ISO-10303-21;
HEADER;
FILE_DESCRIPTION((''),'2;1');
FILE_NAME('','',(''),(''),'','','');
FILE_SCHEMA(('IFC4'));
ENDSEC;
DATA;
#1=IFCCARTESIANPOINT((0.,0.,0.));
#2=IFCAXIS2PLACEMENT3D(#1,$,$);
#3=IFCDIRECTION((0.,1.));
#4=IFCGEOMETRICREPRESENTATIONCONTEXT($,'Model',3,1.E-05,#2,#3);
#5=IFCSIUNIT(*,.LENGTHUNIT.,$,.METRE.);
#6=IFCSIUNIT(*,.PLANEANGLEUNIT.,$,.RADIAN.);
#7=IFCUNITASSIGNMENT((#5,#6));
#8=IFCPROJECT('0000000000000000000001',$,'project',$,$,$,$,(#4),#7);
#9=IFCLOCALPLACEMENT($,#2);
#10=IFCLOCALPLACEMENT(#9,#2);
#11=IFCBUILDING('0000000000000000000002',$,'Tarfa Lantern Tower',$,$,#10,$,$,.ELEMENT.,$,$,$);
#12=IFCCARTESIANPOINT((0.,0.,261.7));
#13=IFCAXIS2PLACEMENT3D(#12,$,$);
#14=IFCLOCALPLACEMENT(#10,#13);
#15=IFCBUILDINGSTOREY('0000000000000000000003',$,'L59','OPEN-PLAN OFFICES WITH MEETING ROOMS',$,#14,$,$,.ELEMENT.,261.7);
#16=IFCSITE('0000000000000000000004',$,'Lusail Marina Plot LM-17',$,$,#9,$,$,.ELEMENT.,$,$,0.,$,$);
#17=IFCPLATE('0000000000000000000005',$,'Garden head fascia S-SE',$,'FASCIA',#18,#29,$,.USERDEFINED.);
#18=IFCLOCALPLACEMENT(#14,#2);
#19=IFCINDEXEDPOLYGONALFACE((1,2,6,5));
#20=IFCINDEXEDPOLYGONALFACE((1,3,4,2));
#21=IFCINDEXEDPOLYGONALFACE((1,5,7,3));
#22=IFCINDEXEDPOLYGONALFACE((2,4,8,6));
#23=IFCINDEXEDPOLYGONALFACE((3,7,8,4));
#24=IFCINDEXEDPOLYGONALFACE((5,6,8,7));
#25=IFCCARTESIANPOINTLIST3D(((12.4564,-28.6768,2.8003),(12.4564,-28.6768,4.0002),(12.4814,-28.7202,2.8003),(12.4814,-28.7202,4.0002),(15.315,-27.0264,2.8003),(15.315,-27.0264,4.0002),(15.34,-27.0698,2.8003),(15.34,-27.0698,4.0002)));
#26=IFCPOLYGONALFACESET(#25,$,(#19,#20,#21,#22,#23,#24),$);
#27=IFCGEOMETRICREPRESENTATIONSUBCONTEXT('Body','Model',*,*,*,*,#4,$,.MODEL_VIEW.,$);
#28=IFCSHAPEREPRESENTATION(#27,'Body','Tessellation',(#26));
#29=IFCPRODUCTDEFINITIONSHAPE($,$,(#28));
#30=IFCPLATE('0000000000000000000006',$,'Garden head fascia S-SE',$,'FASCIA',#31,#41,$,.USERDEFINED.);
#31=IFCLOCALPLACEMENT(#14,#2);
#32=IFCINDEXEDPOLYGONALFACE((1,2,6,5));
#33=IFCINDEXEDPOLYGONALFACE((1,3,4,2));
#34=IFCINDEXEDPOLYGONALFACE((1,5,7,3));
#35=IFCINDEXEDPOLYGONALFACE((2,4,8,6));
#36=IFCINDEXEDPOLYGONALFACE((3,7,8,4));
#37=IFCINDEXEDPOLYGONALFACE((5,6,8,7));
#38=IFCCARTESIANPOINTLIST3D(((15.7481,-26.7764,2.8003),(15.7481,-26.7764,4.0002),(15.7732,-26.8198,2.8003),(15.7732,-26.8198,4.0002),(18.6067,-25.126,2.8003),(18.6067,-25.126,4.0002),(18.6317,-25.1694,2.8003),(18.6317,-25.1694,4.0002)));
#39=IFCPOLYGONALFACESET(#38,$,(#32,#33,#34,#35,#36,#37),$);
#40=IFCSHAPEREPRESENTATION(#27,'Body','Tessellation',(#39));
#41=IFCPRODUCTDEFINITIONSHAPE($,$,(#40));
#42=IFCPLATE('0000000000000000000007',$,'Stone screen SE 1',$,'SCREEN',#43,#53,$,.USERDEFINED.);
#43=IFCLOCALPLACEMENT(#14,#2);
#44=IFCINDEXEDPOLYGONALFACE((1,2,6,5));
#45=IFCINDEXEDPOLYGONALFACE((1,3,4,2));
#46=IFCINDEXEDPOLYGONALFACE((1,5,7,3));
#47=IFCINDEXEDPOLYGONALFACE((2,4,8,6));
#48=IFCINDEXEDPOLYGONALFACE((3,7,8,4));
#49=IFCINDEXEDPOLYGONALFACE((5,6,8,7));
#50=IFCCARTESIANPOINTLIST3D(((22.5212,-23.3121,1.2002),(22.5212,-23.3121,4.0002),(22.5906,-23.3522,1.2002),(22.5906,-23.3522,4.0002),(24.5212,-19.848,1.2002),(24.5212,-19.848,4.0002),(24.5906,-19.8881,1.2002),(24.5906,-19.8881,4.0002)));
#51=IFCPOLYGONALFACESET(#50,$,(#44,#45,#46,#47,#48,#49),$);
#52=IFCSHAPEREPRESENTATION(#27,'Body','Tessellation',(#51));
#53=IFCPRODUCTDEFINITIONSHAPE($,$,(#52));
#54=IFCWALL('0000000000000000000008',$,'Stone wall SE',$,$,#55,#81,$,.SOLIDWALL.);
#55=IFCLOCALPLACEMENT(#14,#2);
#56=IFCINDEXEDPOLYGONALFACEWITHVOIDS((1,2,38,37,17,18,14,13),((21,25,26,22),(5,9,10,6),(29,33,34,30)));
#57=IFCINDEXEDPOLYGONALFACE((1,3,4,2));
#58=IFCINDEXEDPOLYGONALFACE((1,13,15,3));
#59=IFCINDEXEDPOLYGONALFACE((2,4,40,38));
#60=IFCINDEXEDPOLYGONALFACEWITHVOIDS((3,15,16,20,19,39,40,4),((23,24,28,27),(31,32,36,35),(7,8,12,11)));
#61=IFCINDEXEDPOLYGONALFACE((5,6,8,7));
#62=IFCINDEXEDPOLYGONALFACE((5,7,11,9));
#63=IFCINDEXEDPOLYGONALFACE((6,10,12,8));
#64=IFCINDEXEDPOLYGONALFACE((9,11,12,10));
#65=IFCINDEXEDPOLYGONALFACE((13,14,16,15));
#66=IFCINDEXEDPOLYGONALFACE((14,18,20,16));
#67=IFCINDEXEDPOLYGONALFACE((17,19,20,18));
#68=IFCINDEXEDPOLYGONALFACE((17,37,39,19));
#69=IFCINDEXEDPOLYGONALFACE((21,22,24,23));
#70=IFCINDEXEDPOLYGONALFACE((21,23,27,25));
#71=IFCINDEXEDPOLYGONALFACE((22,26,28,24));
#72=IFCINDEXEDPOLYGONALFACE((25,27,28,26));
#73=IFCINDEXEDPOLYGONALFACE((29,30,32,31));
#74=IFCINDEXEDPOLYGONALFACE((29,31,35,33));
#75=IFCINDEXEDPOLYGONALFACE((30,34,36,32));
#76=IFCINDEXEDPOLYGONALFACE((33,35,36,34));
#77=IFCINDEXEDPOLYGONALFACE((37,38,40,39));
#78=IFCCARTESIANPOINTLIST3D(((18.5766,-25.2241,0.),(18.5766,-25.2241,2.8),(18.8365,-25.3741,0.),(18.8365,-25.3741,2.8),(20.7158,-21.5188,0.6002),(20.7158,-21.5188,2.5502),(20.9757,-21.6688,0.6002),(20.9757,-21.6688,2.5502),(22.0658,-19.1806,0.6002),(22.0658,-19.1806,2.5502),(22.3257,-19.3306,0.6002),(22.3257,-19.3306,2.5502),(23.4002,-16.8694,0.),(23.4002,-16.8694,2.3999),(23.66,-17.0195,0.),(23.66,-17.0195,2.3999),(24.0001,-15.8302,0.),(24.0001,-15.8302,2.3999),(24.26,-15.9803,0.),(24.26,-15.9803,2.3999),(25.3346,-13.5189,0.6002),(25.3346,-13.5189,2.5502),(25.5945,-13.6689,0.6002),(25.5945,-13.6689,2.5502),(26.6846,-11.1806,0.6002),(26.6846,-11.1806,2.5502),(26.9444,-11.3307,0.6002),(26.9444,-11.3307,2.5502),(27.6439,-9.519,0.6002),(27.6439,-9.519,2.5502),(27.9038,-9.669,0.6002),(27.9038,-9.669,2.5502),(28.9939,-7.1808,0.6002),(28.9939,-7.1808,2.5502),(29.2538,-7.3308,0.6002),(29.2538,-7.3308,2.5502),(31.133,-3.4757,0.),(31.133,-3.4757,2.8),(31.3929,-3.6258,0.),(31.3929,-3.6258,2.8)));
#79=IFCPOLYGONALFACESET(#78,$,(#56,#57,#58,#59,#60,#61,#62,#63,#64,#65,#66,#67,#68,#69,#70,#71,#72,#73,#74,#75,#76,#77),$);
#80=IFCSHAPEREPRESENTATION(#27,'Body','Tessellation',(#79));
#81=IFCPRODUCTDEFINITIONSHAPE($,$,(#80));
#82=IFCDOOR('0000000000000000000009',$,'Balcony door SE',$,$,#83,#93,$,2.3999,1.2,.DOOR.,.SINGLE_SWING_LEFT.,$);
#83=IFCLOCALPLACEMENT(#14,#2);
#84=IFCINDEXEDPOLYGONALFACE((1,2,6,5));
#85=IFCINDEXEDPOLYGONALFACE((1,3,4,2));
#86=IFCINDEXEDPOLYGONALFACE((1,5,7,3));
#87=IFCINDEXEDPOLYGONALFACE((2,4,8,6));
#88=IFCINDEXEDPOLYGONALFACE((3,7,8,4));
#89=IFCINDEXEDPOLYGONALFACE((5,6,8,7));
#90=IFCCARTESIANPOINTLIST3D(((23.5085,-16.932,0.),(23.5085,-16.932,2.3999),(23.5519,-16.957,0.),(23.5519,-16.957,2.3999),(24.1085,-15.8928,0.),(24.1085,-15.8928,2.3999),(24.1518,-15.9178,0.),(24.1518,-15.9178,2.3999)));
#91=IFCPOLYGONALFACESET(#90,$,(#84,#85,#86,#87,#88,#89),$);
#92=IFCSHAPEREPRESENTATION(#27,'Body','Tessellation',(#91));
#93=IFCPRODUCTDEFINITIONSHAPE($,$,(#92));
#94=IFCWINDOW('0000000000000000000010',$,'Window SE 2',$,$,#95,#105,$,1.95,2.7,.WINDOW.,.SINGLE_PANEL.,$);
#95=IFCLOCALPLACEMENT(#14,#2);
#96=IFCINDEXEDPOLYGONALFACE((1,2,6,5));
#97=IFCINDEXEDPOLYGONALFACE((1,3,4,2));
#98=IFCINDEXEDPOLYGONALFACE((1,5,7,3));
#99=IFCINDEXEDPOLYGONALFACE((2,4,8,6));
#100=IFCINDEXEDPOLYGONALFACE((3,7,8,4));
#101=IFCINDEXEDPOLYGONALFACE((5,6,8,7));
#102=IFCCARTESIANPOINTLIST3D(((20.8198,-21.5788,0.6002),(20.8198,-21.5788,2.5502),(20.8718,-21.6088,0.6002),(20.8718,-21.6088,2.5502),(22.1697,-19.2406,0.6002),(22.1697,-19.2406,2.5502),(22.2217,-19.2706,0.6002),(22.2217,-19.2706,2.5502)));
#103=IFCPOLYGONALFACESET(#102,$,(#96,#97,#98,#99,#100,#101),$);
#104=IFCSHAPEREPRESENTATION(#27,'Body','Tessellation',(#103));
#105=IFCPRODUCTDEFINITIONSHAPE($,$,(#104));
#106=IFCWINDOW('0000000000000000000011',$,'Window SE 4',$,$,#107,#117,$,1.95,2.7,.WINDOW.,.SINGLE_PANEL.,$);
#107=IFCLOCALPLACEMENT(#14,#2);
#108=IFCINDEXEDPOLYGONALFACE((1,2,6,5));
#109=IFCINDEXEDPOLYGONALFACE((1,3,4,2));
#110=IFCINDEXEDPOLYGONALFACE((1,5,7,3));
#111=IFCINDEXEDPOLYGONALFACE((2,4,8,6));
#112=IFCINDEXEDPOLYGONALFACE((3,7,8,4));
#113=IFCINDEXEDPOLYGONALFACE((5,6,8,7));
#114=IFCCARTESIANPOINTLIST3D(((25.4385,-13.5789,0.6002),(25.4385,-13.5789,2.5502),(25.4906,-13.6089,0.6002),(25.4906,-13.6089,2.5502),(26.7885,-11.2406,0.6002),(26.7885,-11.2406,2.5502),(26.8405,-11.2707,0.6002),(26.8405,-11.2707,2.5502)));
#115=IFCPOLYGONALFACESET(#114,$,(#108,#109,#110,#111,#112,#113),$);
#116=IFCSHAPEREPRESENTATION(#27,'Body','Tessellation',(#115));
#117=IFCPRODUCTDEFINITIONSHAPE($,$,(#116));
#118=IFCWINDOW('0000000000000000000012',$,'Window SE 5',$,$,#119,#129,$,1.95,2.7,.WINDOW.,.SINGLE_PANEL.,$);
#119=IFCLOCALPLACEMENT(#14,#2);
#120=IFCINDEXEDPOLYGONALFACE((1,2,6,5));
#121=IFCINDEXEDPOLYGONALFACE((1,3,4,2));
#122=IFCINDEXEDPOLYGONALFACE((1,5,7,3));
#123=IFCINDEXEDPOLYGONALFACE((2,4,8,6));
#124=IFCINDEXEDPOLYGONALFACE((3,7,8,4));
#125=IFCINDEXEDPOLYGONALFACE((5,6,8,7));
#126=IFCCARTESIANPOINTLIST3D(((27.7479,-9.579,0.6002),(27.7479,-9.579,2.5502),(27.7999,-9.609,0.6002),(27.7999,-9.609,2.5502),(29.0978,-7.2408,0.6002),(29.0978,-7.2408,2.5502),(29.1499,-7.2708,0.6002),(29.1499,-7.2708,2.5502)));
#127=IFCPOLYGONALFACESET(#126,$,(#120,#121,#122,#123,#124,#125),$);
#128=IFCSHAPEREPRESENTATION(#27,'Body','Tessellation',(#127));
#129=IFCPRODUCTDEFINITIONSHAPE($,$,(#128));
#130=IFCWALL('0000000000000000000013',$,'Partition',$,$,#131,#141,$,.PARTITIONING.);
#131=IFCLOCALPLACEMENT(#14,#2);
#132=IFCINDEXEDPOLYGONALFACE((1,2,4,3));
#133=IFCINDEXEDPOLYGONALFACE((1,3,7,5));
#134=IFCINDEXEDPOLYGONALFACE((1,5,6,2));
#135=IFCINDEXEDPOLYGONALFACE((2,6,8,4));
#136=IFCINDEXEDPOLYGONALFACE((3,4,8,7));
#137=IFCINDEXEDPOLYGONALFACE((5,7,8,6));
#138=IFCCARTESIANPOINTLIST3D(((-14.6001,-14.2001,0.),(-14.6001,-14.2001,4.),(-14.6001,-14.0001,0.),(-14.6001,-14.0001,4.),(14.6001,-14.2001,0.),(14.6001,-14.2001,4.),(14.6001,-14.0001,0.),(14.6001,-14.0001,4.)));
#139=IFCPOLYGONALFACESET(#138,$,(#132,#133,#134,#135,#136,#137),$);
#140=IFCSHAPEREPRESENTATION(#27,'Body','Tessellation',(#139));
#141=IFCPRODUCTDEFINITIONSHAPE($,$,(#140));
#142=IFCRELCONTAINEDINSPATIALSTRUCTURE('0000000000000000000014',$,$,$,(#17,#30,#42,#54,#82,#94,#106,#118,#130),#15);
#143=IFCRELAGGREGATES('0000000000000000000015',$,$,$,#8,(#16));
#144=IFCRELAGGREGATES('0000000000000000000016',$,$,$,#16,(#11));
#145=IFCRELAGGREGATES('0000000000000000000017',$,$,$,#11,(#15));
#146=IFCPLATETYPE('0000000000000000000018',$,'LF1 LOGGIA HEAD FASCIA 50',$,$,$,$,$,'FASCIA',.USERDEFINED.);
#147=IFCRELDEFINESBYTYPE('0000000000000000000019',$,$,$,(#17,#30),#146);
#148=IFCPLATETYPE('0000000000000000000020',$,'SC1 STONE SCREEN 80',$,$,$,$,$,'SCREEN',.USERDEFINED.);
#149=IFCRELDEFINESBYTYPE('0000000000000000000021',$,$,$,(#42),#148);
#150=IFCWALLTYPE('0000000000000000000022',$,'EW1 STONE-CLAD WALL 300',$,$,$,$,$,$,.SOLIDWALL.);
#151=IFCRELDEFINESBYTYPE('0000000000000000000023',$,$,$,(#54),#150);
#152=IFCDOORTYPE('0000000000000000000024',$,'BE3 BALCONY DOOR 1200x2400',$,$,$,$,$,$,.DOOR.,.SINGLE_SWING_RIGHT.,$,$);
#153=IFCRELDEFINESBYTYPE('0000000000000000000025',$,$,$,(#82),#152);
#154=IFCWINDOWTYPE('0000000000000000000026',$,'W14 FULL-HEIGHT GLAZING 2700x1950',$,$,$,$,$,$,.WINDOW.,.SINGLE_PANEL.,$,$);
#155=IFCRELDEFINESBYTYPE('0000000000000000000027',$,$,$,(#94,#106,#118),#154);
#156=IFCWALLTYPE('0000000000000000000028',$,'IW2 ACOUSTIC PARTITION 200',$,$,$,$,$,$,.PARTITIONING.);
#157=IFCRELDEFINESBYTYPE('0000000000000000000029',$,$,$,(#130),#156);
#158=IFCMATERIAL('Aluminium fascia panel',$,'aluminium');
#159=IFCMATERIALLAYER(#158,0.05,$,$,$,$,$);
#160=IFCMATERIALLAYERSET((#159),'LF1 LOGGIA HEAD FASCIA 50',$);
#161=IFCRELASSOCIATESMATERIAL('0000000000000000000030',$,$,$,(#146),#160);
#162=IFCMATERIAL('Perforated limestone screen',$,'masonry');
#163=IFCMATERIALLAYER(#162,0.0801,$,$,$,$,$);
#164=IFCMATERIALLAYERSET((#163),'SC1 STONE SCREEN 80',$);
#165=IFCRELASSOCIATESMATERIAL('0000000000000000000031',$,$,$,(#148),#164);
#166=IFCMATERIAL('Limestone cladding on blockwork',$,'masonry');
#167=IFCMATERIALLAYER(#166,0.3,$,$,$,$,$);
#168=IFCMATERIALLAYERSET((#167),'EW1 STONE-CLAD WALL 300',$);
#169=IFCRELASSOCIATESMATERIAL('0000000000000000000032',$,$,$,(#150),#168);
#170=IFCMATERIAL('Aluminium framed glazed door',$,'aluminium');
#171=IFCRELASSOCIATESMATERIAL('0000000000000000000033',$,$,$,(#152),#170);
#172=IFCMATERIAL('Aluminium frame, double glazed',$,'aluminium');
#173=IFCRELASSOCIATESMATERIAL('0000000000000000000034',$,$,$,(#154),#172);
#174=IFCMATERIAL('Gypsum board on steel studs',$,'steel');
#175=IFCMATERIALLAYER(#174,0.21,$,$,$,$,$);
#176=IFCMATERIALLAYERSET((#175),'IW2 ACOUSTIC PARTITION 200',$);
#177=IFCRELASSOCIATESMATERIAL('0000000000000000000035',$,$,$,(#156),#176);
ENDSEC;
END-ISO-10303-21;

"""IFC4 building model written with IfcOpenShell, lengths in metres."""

from ifc_helpers import new_model, si_unit, direction, frame, frame_2d, origin, origin_2d, place, context, subcontext, project, spatial, rectangle, extrude, material, layer, layer_set, type_object, element, fill, save


model = new_model("IFC4")

# Units and contexts
model_context = context("Model", 3, precision=1e-05, world=origin(), true_north=direction((0.0, 1.0)))
body_context = subcontext(model_context, "Body", "Model", "MODEL_VIEW")
ifc_project = project(units=[si_unit("LENGTHUNIT", "METRE"), si_unit("PLANEANGLEUNIT", "RADIAN")], contexts=[model_context])

# Site, building, storey
site_placement = place(None, origin())
site = spatial("IfcSite", under=ifc_project, at=site_placement, Name="Lusail Marina Plot LM-17", CompositionType="ELEMENT", RefElevation=0.0)
building_placement = place(site_placement, origin())
building = spatial("IfcBuilding", under=site, at=building_placement, Name="Tarfa Lantern Tower", CompositionType="ELEMENT")
storey_placement = place(building_placement, frame((0.0, 0.0, 261.7)))
storey = spatial("IfcBuildingStorey", under=building, at=storey_placement, Name="L59", Description="OPEN-PLAN OFFICES WITH MEETING ROOMS", CompositionType="ELEMENT", Elevation=261.7)

# Plates
ifc_material_1 = material(Name="Aluminium fascia panel", Category="aluminium")
ifc_layer_1 = layer(ifc_material_1, 0.05)
ifc_layer_set_1 = layer_set([ifc_layer_1], Name="LF1 LOGGIA HEAD FASCIA 50")
plate_type_1 = type_object("IfcPlateType", Name="LF1 LOGGIA HEAD FASCIA 50", ElementType="FASCIA", PredefinedType="USERDEFINED", material=ifc_layer_set_1)
for number, where, z_axis, x_axis, name in (
    (1, (13.8982, -27.8733, 2.8003), (0.0, 0.0, 1.0), (0.866025, 0.5, 0.0), "Garden head fascia S-SE"),
    (2, (17.1899, -25.9729, 2.8003), (0.0, 0.0, 1.0), (0.866025, 0.5, 0.0), "Garden head fascia S-SE"),
):
    element("IfcPlate", number, at=place(storey_placement, frame(where, z_axis=z_axis, x_axis=x_axis)), inside=storey, type_object=plate_type_1, Name=name, ObjectType="FASCIA", PredefinedType="USERDEFINED", context=body_context, shape_type="SweptSolid", body=[
        extrude(rectangle(XDim=3.3008, YDim=0.05, at=origin_2d()), origin(), (0.0, 0.0, 1.0), 1.2),
    ])
ifc_material_2 = material(Name="Perforated limestone screen", Category="masonry")
ifc_layer_2 = layer(ifc_material_2, 0.0801)
ifc_layer_set_2 = layer_set([ifc_layer_2], Name="SC1 STONE SCREEN 80")
plate_type_2 = type_object("IfcPlateType", Name="SC1 STONE SCREEN 80", ElementType="SCREEN", PredefinedType="USERDEFINED", material=ifc_layer_set_2)
plate_placement = place(storey_placement, frame((23.5559, -21.6001, 1.2002), z_axis=(0.0, 0.0, 1.0), x_axis=(0.5, 0.866025, 0.0)))
element("IfcPlate", 3, at=plate_placement, inside=storey, type_object=plate_type_2, Name="Stone screen SE 1", ObjectType="SCREEN", PredefinedType="USERDEFINED", context=body_context, shape_type="SweptSolid", body=[
    extrude(rectangle(XDim=4.0, YDim=0.0801, at=origin_2d()), origin(), (0.0, 0.0, 1.0), 2.8),
])

# Wall, openings, door, windows
ifc_material_3 = material(Name="Limestone cladding on blockwork", Category="masonry")
ifc_layer_3 = layer(ifc_material_3, 0.3)
ifc_layer_set_3 = layer_set([ifc_layer_3], Name="EW1 STONE-CLAD WALL 300")
wall_type_1 = type_object("IfcWallType", Name="EW1 STONE-CLAD WALL 300", PredefinedType="SOLIDWALL", material=ifc_layer_set_3)
wall_1_placement = place(storey_placement, frame((18.7065, -25.2991, 0.0), z_axis=(0.0, 0.0, 1.0), x_axis=(0.5, 0.866025, 0.0)))
wall_1 = element("IfcWall", 4, at=wall_1_placement, inside=storey, type_object=wall_type_1, Name="Stone wall SE", PredefinedType="SOLIDWALL", context=body_context, shape_type="SweptSolid", body=[
    extrude(rectangle(XDim=25.1128, YDim=0.3, at=frame_2d((12.5564, 0.0))), origin(), (0.0, 0.0, 1.0), 2.8),
])
opening_1_placement = place(wall_1_placement, frame((4.2783, 0.0, 0.6001)))
opening_1 = element("IfcOpeningElement", 5, at=opening_1_placement, cuts=wall_1, PredefinedType="OPENING", context=body_context, shape_type="SweptSolid", body=[
    extrude(rectangle(XDim=2.7, YDim=1.95, at=frame_2d((1.3501, 0.9751))), frame((0.0, 0.1599, 0.0), z_axis=(0.0, -1.0, 0.0), x_axis=(1.0, 0.0, 0.0)), (0.0, 0.0, 1.0), 0.3201),
])
opening_2_placement = place(wall_1_placement, frame((9.647, 0.0, 0.0)))
opening_2 = element("IfcOpeningElement", 6, at=opening_2_placement, cuts=wall_1, PredefinedType="OPENING", context=body_context, shape_type="SweptSolid", body=[
    extrude(rectangle(XDim=1.2, YDim=2.3999, at=frame_2d((0.6001, 1.2))), frame((0.0, 0.1599, 0.0), z_axis=(0.0, -1.0, 0.0), x_axis=(1.0, 0.0, 0.0)), (0.0, 0.0, 1.0), 0.3201),
])
opening_3_placement = place(wall_1_placement, frame((13.5159, 0.0, 0.6001)))
opening_3 = element("IfcOpeningElement", 7, at=opening_3_placement, cuts=wall_1, PredefinedType="OPENING", context=body_context, shape_type="SweptSolid", body=[
    extrude(rectangle(XDim=2.7, YDim=1.95, at=frame_2d((1.3501, 0.9751))), frame((0.0, 0.1599, 0.0), z_axis=(0.0, -1.0, 0.0), x_axis=(1.0, 0.0, 0.0)), (0.0, 0.0, 1.0), 0.3201),
])
opening_4_placement = place(wall_1_placement, frame((18.1345, 0.0, 0.6001)))
opening_4 = element("IfcOpeningElement", 8, at=opening_4_placement, cuts=wall_1, PredefinedType="OPENING", context=body_context, shape_type="SweptSolid", body=[
    extrude(rectangle(XDim=2.7, YDim=1.95, at=frame_2d((1.3501, 0.9751))), frame((0.0, 0.1599, 0.0), z_axis=(0.0, -1.0, 0.0), x_axis=(1.0, 0.0, 0.0)), (0.0, 0.0, 1.0), 0.3201),
])
ifc_material_4 = material(Name="Aluminium framed glazed door", Category="aluminium")
door_type_1 = type_object("IfcDoorType", Name="BE3 BALCONY DOOR 1200x2400", OperationType="SINGLE_SWING_RIGHT", PredefinedType="DOOR", material=ifc_material_4)
door_1_placement = place(opening_2_placement, origin())
door_1 = element("IfcDoor", 9, at=door_1_placement, inside=storey, type_object=door_type_1, Name="Balcony door SE", OperationType="SINGLE_SWING_LEFT", OverallHeight=2.3999, OverallWidth=1.2, PredefinedType="DOOR", context=body_context, shape_type="SweptSolid", body=[
    extrude(rectangle(XDim=1.2, YDim=2.3999, at=frame_2d((0.6001, 1.2))), frame((0.0, 0.0249, 0.0), z_axis=(0.0, -1.0, 0.0), x_axis=(1.0, 0.0, 0.0)), (0.0, 0.0, 1.0), 0.05),
])
fill(opening_2, door_1)
ifc_material_5 = material(Name="Aluminium frame, double glazed", Category="aluminium")
window_type = type_object("IfcWindowType", Name="W14 FULL-HEIGHT GLAZING 2700x1950", PartitioningType="SINGLE_PANEL", PredefinedType="WINDOW", material=ifc_material_5)
window_1_placement = place(opening_1_placement, origin())
window_1 = element("IfcWindow", 10, at=window_1_placement, inside=storey, type_object=window_type, Name="Window SE 2", OverallHeight=1.95, OverallWidth=2.7, PartitioningType="SINGLE_PANEL", PredefinedType="WINDOW", context=body_context, shape_type="SweptSolid", body=[
    extrude(rectangle(XDim=2.7, YDim=1.95, at=frame_2d((1.3501, 0.9751))), frame((0.0, 0.03, 0.0), z_axis=(0.0, -1.0, 0.0), x_axis=(1.0, 0.0, 0.0)), (0.0, 0.0, 1.0), 0.0601),
])
fill(opening_1, window_1)
window_2_placement = place(opening_3_placement, origin())
window_2 = element("IfcWindow", 11, at=window_2_placement, inside=storey, type_object=window_type, Name="Window SE 4", OverallHeight=1.95, OverallWidth=2.7, PartitioningType="SINGLE_PANEL", PredefinedType="WINDOW", context=body_context, shape_type="SweptSolid", body=[
    extrude(rectangle(XDim=2.7, YDim=1.95, at=frame_2d((1.3501, 0.9751))), frame((0.0, 0.03, 0.0), z_axis=(0.0, -1.0, 0.0), x_axis=(1.0, 0.0, 0.0)), (0.0, 0.0, 1.0), 0.0601),
])
fill(opening_3, window_2)
window_3_placement = place(opening_4_placement, origin())
window_3 = element("IfcWindow", 12, at=window_3_placement, inside=storey, type_object=window_type, Name="Window SE 5", OverallHeight=1.95, OverallWidth=2.7, PartitioningType="SINGLE_PANEL", PredefinedType="WINDOW", context=body_context, shape_type="SweptSolid", body=[
    extrude(rectangle(XDim=2.7, YDim=1.95, at=frame_2d((1.3501, 0.9751))), frame((0.0, 0.03, 0.0), z_axis=(0.0, -1.0, 0.0), x_axis=(1.0, 0.0, 0.0)), (0.0, 0.0, 1.0), 0.0601),
])
fill(opening_4, window_3)

# Wall
ifc_material_6 = material(Name="Gypsum board on steel studs", Category="steel")
ifc_layer_4 = layer(ifc_material_6, 0.21)
ifc_layer_set_4 = layer_set([ifc_layer_4], Name="IW2 ACOUSTIC PARTITION 200")
wall_type_2 = type_object("IfcWallType", Name="IW2 ACOUSTIC PARTITION 200", PredefinedType="PARTITIONING", material=ifc_layer_set_4)
wall_2_placement = place(storey_placement, frame((14.6001, -14.1001, 0.0), z_axis=(0.0, 0.0, 1.0), x_axis=(-1.0, 0.0, 0.0)))
element("IfcWall", 13, at=wall_2_placement, inside=storey, type_object=wall_type_2, Name="Partition", PredefinedType="PARTITIONING", context=body_context, shape_type="SweptSolid", body=[
    extrude(rectangle(XDim=29.2002, YDim=0.2, at=frame_2d((14.6001, 0.0))), origin(), (0.0, 0.0, 1.0), 4.0),
])

save(model, "model.ifc")
